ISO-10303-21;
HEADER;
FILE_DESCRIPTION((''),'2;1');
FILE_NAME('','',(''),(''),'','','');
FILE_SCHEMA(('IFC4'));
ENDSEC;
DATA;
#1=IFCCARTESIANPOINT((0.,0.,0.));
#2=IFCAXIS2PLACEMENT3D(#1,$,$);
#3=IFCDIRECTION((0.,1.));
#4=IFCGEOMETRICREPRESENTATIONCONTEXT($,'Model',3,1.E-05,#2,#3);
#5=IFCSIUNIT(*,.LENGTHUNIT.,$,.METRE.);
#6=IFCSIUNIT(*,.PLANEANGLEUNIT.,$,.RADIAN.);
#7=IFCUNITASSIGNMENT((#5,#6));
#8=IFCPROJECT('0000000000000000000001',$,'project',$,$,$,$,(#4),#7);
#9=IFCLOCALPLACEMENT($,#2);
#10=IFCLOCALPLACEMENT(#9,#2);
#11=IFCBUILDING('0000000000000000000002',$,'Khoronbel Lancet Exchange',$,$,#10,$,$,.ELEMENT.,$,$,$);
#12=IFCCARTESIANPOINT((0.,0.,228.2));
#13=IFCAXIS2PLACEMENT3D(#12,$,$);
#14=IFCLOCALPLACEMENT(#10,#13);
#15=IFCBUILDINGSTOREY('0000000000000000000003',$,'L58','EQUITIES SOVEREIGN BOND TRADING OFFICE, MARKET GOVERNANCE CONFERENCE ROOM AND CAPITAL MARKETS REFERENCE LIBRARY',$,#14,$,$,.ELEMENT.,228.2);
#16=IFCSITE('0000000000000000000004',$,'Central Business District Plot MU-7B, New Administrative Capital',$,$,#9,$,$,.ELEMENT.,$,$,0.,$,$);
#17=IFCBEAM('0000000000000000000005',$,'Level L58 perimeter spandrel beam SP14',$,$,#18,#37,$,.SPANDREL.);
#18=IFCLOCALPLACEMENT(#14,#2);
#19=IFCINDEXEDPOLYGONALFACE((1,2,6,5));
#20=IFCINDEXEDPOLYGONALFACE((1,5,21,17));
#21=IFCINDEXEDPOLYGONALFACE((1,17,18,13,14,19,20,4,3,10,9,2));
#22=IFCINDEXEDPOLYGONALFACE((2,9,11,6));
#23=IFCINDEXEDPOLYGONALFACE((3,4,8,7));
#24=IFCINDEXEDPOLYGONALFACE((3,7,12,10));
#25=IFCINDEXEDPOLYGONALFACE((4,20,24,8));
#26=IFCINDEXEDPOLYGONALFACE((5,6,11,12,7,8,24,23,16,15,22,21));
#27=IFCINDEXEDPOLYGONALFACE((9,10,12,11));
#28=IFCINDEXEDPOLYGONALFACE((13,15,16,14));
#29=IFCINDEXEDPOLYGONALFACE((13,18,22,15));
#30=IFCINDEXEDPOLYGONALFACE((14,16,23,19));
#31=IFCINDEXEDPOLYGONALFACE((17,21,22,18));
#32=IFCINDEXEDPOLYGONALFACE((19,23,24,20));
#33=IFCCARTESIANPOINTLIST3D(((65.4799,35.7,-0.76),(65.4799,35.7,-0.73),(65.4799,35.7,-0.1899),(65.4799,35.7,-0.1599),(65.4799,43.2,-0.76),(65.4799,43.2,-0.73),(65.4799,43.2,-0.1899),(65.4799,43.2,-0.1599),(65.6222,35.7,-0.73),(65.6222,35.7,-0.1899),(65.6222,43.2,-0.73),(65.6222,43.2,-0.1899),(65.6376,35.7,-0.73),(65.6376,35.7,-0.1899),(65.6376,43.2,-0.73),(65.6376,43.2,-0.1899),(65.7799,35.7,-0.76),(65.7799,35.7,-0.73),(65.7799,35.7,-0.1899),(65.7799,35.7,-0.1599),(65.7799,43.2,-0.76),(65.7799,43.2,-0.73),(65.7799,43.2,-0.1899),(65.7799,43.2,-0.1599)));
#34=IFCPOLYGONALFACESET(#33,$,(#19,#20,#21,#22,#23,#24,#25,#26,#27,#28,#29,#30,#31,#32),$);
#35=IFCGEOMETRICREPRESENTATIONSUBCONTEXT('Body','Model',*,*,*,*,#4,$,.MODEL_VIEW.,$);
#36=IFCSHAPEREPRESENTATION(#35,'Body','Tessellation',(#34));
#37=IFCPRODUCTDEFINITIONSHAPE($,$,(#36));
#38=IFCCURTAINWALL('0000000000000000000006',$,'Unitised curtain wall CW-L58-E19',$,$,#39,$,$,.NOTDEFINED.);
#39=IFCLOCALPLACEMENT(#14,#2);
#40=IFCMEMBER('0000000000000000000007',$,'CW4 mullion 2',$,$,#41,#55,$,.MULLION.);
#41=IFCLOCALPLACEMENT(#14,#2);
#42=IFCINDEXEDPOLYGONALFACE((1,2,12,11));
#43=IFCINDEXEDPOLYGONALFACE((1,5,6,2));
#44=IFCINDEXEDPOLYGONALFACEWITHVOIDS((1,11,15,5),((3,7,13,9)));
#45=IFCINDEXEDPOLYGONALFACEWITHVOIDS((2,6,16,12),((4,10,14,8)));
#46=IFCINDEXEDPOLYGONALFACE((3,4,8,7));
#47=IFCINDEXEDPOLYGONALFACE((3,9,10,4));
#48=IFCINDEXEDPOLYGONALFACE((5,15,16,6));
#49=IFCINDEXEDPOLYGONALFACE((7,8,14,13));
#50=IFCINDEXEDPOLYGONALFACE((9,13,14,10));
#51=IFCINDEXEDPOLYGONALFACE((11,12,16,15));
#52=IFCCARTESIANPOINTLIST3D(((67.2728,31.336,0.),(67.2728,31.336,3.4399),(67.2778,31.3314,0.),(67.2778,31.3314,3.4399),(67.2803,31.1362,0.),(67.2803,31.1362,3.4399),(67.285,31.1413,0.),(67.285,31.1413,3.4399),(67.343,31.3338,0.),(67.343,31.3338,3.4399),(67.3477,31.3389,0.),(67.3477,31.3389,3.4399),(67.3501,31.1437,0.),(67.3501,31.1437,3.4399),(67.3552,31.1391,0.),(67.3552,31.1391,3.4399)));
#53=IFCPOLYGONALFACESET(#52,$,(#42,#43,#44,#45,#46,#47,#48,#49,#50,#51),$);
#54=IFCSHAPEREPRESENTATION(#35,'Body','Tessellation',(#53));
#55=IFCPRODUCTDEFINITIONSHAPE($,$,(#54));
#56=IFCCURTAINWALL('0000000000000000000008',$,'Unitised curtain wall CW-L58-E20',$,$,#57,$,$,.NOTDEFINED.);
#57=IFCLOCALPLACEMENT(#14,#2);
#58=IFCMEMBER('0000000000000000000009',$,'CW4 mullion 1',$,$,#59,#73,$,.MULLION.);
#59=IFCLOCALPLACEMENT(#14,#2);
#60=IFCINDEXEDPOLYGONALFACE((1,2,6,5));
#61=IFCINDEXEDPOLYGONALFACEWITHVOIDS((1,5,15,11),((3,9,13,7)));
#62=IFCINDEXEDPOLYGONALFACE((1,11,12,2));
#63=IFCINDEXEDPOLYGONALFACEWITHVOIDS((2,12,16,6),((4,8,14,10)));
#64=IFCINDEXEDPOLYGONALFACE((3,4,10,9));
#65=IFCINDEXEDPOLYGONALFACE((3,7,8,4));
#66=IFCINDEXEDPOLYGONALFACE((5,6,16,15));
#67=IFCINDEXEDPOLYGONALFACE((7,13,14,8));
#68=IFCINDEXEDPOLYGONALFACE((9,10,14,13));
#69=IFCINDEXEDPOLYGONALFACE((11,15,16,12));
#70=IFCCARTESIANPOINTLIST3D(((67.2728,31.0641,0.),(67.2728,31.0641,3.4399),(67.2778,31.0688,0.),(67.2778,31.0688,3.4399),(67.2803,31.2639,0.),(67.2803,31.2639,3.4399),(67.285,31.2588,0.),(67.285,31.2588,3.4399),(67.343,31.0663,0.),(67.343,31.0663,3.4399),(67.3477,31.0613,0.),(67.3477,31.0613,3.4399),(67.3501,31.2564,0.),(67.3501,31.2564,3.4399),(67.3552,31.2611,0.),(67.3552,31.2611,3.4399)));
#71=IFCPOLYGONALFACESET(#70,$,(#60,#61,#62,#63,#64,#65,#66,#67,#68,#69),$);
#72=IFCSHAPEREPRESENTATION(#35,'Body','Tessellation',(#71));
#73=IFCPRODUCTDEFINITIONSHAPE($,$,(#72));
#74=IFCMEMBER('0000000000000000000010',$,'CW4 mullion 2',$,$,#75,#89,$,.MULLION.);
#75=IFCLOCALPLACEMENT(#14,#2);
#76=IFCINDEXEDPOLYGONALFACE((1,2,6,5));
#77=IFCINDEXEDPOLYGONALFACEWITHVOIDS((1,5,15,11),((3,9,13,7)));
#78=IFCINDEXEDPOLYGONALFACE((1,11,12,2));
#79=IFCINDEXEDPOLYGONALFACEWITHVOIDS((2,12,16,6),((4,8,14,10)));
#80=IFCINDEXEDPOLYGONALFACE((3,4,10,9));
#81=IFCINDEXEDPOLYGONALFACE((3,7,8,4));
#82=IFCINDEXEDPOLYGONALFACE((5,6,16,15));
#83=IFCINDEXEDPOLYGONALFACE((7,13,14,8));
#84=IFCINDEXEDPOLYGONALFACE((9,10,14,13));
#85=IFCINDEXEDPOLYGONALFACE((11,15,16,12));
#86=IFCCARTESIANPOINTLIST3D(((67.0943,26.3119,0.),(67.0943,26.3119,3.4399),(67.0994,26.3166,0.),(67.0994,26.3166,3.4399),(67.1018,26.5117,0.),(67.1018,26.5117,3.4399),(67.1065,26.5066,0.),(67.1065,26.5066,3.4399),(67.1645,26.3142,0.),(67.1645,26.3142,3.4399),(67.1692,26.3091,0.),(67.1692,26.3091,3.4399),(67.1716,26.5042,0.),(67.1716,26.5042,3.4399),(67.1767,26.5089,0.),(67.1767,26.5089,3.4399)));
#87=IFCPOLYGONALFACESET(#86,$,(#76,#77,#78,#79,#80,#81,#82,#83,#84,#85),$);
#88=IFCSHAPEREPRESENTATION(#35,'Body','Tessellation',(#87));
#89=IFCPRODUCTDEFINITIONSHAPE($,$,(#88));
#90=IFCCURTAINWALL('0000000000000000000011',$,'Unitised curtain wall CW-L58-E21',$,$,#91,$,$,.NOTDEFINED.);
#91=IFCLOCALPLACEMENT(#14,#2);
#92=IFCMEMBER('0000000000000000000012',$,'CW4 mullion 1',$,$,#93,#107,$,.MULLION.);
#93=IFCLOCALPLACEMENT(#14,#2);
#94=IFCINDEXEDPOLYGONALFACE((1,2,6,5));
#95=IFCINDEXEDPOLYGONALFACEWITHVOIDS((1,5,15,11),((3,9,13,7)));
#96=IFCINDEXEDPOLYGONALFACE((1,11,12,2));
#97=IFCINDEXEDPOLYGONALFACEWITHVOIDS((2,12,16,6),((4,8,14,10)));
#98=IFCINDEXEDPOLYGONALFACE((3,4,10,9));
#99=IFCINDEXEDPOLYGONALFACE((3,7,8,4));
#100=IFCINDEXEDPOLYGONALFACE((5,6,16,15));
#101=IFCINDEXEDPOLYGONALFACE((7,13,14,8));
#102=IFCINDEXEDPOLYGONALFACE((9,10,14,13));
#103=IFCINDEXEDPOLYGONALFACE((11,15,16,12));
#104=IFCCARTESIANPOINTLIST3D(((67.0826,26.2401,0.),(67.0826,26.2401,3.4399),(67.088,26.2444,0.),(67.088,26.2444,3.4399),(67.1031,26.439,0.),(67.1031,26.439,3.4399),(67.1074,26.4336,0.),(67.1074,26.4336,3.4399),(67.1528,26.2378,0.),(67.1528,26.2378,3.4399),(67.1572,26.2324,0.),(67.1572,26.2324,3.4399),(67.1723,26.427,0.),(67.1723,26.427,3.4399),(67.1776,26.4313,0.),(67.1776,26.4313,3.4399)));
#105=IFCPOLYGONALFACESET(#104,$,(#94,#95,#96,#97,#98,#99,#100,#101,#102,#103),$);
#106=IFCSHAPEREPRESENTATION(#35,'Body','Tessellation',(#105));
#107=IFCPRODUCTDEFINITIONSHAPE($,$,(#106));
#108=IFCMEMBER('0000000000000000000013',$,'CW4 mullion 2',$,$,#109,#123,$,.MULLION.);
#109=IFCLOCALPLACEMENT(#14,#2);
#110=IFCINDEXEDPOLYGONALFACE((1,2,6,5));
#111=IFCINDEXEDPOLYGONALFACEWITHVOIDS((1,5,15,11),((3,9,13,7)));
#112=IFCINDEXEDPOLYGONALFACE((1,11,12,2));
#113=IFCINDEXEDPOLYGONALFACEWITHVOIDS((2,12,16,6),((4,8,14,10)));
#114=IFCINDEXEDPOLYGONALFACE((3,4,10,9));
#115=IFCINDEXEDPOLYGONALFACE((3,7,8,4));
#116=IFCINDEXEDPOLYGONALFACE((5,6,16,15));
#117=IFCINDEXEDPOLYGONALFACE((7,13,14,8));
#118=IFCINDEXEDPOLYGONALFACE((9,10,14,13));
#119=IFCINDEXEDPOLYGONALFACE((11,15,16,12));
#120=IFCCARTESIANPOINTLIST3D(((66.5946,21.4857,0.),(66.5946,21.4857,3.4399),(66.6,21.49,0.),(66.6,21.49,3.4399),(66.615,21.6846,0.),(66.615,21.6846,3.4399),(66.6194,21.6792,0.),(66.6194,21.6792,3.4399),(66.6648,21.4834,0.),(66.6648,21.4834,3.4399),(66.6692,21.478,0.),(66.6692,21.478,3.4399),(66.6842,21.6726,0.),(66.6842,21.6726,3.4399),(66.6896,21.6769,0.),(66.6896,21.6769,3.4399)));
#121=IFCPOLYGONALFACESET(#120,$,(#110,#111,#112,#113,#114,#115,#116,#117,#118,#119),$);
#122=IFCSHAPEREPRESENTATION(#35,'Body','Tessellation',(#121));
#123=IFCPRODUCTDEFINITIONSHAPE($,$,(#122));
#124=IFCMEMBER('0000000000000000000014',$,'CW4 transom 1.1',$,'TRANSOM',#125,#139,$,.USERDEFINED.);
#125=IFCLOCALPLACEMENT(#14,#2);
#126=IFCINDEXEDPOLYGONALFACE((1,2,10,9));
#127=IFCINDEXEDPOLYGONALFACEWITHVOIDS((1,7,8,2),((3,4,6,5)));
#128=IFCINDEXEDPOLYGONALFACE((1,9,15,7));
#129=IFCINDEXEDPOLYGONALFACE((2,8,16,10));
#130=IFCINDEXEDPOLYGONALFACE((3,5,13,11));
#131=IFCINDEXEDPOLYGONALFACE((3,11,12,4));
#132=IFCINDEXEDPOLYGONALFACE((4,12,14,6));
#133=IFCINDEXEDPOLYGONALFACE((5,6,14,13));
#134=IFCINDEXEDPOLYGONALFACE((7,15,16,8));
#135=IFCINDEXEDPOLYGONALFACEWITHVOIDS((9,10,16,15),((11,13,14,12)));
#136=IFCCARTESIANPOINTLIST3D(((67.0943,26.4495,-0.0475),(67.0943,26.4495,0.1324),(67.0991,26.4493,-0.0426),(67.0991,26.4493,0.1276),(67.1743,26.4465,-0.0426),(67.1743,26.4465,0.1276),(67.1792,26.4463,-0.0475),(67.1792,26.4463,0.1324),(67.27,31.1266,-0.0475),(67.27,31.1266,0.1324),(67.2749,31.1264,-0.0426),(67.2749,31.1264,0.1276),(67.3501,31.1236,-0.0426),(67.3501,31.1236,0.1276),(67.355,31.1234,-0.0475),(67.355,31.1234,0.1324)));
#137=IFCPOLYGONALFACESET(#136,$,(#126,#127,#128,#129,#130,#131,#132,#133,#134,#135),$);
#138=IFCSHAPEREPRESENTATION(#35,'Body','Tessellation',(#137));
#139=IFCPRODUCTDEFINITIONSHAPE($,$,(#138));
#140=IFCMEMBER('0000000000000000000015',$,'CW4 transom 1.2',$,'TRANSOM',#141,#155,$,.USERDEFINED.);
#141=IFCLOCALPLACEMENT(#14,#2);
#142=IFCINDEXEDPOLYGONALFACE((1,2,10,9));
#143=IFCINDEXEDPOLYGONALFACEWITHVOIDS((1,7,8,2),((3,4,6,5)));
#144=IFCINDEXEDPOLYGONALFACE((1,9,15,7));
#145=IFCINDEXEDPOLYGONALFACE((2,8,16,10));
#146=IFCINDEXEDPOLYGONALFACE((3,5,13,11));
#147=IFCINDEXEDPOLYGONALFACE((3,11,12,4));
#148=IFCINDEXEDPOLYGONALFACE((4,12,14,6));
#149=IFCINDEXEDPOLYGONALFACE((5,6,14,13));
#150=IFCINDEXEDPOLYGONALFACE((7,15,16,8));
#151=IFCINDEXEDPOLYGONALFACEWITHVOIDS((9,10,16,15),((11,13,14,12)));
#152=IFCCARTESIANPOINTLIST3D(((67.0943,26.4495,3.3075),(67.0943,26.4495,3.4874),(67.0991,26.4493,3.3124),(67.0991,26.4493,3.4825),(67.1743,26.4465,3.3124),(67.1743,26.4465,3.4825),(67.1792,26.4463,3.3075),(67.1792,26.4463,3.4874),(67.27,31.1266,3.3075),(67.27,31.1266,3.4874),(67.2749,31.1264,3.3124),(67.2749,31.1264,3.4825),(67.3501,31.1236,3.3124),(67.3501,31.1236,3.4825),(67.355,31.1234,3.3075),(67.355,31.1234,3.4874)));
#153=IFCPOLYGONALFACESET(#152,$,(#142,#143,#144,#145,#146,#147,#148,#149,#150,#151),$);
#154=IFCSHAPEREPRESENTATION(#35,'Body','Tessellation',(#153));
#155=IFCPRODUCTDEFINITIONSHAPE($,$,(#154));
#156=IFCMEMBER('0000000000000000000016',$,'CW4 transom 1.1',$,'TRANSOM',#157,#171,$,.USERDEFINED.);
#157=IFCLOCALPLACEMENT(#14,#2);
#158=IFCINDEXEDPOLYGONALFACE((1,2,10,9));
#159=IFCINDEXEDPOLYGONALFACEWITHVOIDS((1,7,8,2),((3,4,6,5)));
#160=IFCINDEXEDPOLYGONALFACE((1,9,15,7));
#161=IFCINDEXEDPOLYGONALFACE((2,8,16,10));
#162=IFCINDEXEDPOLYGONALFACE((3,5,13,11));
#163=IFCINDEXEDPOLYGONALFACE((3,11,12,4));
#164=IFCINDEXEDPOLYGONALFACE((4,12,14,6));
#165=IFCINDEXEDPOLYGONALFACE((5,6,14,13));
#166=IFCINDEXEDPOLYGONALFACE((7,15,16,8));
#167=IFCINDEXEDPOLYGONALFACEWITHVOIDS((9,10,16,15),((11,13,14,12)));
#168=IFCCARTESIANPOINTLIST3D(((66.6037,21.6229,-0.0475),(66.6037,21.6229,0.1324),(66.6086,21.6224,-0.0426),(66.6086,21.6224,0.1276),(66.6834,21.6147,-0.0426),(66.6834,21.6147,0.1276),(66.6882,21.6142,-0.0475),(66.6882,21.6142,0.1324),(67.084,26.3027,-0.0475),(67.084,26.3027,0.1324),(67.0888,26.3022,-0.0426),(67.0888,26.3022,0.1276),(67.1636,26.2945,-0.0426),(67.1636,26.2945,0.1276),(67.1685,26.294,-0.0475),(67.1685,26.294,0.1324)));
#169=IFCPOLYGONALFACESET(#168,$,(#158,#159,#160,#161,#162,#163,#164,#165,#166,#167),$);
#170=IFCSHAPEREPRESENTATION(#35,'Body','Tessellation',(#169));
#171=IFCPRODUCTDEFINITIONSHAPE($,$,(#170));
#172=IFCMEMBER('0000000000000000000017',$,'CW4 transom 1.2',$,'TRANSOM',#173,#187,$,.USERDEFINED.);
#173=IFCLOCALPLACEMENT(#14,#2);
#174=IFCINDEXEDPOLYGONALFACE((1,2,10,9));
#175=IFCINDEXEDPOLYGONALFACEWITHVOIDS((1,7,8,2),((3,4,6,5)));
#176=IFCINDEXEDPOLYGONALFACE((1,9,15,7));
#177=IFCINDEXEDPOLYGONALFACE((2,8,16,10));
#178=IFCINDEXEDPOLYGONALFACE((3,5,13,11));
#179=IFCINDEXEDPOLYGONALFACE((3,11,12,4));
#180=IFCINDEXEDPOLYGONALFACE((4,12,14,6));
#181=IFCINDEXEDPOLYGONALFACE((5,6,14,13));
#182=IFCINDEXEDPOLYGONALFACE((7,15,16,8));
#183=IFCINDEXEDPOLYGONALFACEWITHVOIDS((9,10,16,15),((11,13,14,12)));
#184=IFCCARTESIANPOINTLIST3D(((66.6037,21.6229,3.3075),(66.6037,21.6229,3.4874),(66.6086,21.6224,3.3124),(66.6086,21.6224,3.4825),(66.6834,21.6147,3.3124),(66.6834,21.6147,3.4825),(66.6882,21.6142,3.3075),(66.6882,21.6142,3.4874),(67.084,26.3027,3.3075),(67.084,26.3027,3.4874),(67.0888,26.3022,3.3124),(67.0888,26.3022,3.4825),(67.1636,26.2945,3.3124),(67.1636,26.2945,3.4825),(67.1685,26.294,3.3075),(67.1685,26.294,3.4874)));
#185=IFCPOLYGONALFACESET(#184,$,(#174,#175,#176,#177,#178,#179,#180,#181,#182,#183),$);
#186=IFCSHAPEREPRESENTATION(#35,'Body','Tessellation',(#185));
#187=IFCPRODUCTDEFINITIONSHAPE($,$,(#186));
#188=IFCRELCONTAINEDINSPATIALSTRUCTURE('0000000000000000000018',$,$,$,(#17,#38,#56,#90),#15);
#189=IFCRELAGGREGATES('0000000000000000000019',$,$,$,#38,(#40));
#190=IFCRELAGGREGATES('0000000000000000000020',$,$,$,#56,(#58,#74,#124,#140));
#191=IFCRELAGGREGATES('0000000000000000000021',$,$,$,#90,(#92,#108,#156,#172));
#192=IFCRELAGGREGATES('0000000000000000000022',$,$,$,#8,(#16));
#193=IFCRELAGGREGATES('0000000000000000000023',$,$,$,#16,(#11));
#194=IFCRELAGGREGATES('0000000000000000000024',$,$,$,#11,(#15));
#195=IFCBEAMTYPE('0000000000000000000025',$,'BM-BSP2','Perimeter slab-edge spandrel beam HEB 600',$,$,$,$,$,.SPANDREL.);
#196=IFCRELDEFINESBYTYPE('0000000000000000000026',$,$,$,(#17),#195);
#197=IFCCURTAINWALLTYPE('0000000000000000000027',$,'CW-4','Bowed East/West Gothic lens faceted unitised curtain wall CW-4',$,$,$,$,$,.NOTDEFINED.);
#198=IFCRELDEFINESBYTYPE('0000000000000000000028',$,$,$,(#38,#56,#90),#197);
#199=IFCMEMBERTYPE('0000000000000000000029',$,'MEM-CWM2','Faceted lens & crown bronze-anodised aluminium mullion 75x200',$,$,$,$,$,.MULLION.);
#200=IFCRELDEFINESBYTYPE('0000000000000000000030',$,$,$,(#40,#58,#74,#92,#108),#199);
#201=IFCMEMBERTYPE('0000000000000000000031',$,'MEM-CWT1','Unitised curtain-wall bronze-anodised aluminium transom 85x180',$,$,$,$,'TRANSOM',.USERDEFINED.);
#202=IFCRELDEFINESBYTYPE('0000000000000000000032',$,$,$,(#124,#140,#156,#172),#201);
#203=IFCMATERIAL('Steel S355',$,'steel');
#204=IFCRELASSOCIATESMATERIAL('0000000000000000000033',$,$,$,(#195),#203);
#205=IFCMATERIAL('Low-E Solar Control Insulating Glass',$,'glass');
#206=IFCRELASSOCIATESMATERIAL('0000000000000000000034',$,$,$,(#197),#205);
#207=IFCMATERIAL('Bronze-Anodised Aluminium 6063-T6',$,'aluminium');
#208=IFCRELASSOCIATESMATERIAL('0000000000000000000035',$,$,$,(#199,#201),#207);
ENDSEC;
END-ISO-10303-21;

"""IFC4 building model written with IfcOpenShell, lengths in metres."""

from ifc_helpers import new_model, si_unit, direction, frame, origin, origin_2d, place, context, subcontext, project, spatial, hollow_rectangle, i_section, extrude, material, material_profile, profile_set, type_object, element, aggregate, save


model = new_model("IFC4")

# Units and contexts
model_context = context("Model", 3, precision=1e-05, world=origin(), true_north=direction((0.0, 1.0)))
body_context = subcontext(model_context, "Body", "Model", "MODEL_VIEW")
ifc_project = project(units=[si_unit("LENGTHUNIT", "METRE"), si_unit("PLANEANGLEUNIT", "RADIAN")], contexts=[model_context])

# Site, building, storey
site_placement = place(None, origin())
site = spatial("IfcSite", under=ifc_project, at=site_placement, Name="Central Business District Plot MU-7B, New Administrative Capital", CompositionType="ELEMENT", RefElevation=0.0)
building_placement = place(site_placement, origin())
building = spatial("IfcBuilding", under=site, at=building_placement, Name="Khoronbel Lancet Exchange", CompositionType="ELEMENT")
storey_placement = place(building_placement, frame((0.0, 0.0, 228.2)))
storey = spatial("IfcBuildingStorey", under=building, at=storey_placement, Name="L58", Description="EQUITIES SOVEREIGN BOND TRADING OFFICE, MARKET GOVERNANCE CONFERENCE ROOM AND CAPITAL MARKETS REFERENCE LIBRARY", CompositionType="ELEMENT", Elevation=228.2)

# Shared definitions
ifc_material_1 = material(Name="Steel S355", Category="steel")

# Beam
ifc_material_profile_1 = material_profile(ifc_material_1, i_section(OverallWidth=0.3, OverallDepth=0.6001, WebThickness=0.0154, FlangeThickness=0.03, at=origin_2d()), Name="HEB 600")
ifc_profile_set_1 = profile_set([ifc_material_profile_1], Name="Steel S355")
beam_type_1 = type_object("IfcBeamType", Name="BM-BSP2", Description="Perimeter slab-edge spandrel beam HEB 600", PredefinedType="SPANDREL", material=ifc_profile_set_1)
beam_1_placement = place(storey_placement, frame((65.6299, 35.7, -0.46), z_axis=(0.0, 1.0, 0.0), x_axis=(-1.0, 0.0, 0.0)))
element("IfcBeam", 1, at=beam_1_placement, inside=storey, type_object=beam_type_1, Name="Level L58 perimeter spandrel beam SP14", PredefinedType="SPANDREL", context=body_context, shape_type="SweptSolid", body=[
    extrude(i_section(OverallWidth=0.3, OverallDepth=0.6001, WebThickness=0.0154, FlangeThickness=0.03, at=origin_2d()), origin(), (0.0, 0.0, 1.0), 7.5),
])

# Curtain wall, member
ifc_material_2 = material(Name="Low-E Solar Control Insulating Glass", Category="glass")
curtain_wall_type = type_object("IfcCurtainWallType", Name="CW-4", Description="Bowed East/West Gothic lens faceted unitised curtain wall CW-4", PredefinedType="NOTDEFINED", material=ifc_material_2)
curtain_wall_1_placement = place(storey_placement, origin())
curtain_wall_1 = element("IfcCurtainWall", 2, at=curtain_wall_1_placement, inside=storey, type_object=curtain_wall_type, Name="Unitised curtain wall CW-L58-E19", PredefinedType="NOTDEFINED")
ifc_material_3 = material(Name="Bronze-Anodised Aluminium 6063-T6", Category="aluminium")
ifc_material_profile_2 = material_profile(ifc_material_3, hollow_rectangle(XDim=0.075, YDim=0.2, WallThickness=0.0049, at=origin_2d()), Name="ALU MULLION 75x200")
ifc_profile_set_2 = profile_set([ifc_material_profile_2], Name="Bronze-Anodised Aluminium 6063-T6")
member_type_1 = type_object("IfcMemberType", Name="MEM-CWM2", Description="Faceted lens & crown bronze-anodised aluminium mullion 75x200", PredefinedType="MULLION", material=ifc_profile_set_2)
member_1_placement = place(storey_placement, frame((67.314, 31.2375, 0.0), z_axis=(0.0, 0.0, 1.0), x_axis=(0.999295, 0.037533, 0.0)))
member_1 = element("IfcMember", 3, at=member_1_placement, type_object=member_type_1, Name="CW4 mullion 2", PredefinedType="MULLION", context=body_context, shape_type="SweptSolid", body=[
    extrude(hollow_rectangle(XDim=0.075, YDim=0.2, WallThickness=0.0049, at=origin_2d()), origin(), (0.0, 0.0, 1.0), 3.4399),
])

# Curtain walls, members
curtain_wall_2_placement = place(storey_placement, origin())
curtain_wall_2 = element("IfcCurtainWall", 4, at=curtain_wall_2_placement, inside=storey, type_object=curtain_wall_type, Name="Unitised curtain wall CW-L58-E20", PredefinedType="NOTDEFINED")
member_2_placement = place(storey_placement, frame((67.314, 31.1626, 0.0), z_axis=(0.0, 0.0, 1.0), x_axis=(0.999295, -0.037533, 0.0)))
member_2 = element("IfcMember", 5, at=member_2_placement, type_object=member_type_1, Name="CW4 mullion 1", PredefinedType="MULLION", context=body_context, shape_type="SweptSolid", body=[
    extrude(hollow_rectangle(XDim=0.075, YDim=0.2, WallThickness=0.0049, at=origin_2d()), origin(), (0.0, 0.0, 1.0), 3.4399),
])
member_3_placement = place(storey_placement, frame((67.1355, 26.4104, 0.0), z_axis=(0.0, 0.0, 1.0), x_axis=(0.999295, -0.037533, 0.0)))
member_3 = element("IfcMember", 6, at=member_3_placement, type_object=member_type_1, Name="CW4 mullion 2", PredefinedType="MULLION", context=body_context, shape_type="SweptSolid", body=[
    extrude(hollow_rectangle(XDim=0.075, YDim=0.2, WallThickness=0.0049, at=origin_2d()), origin(), (0.0, 0.0, 1.0), 3.4399),
])
curtain_wall_3_placement = place(storey_placement, origin())
curtain_wall_3 = element("IfcCurtainWall", 7, at=curtain_wall_3_placement, inside=storey, type_object=curtain_wall_type, Name="Unitised curtain wall CW-L58-E21", PredefinedType="NOTDEFINED")
member_4_placement = place(storey_placement, frame((67.1301, 26.3357, 0.0), z_axis=(0.0, 0.0, 1.0), x_axis=(0.994772, -0.102116, 0.0)))
member_4 = element("IfcMember", 8, at=member_4_placement, type_object=member_type_1, Name="CW4 mullion 1", PredefinedType="MULLION", context=body_context, shape_type="SweptSolid", body=[
    extrude(hollow_rectangle(XDim=0.075, YDim=0.2, WallThickness=0.0049, at=origin_2d()), origin(), (0.0, 0.0, 1.0), 3.4399),
])
member_5_placement = place(storey_placement, frame((66.6421, 21.5813, 0.0), z_axis=(0.0, 0.0, 1.0), x_axis=(0.994772, -0.102116, 0.0)))
member_5 = element("IfcMember", 9, at=member_5_placement, type_object=member_type_1, Name="CW4 mullion 2", PredefinedType="MULLION", context=body_context, shape_type="SweptSolid", body=[
    extrude(hollow_rectangle(XDim=0.075, YDim=0.2, WallThickness=0.0049, at=origin_2d()), origin(), (0.0, 0.0, 1.0), 3.4399),
])

# Members
ifc_material_profile_3 = material_profile(ifc_material_3, hollow_rectangle(XDim=0.085, YDim=0.1799, WallThickness=0.0049, at=origin_2d()), Name="ALU TRANSOM 85x180")
ifc_profile_set_3 = profile_set([ifc_material_profile_3], Name="Bronze-Anodised Aluminium 6063-T6")
member_type_2 = type_object("IfcMemberType", Name="MEM-CWT1", Description="Unitised curtain-wall bronze-anodised aluminium transom 85x180", ElementType="TRANSOM", PredefinedType="USERDEFINED", material=ifc_profile_set_3)
member_6_placement = place(storey_placement, frame((67.3125, 31.125, 0.0425), z_axis=(-0.037558, -0.999294, 0.0), x_axis=(0.999294, -0.037558, 0.0)))
member_6 = element("IfcMember", 10, at=member_6_placement, type_object=member_type_2, Name="CW4 transom 1.1", ObjectType="TRANSOM", PredefinedType="USERDEFINED", context=body_context, shape_type="SweptSolid", body=[
    extrude(hollow_rectangle(XDim=0.085, YDim=0.1799, WallThickness=0.0049, at=origin_2d()), origin(), (0.0, 0.0, 1.0), 4.6804),
])
member_7_placement = place(storey_placement, frame((67.3125, 31.125, 3.3975), z_axis=(-0.037558, -0.999294, 0.0), x_axis=(0.999294, -0.037558, 0.0)))
member_7 = element("IfcMember", 11, at=member_7_placement, type_object=member_type_2, Name="CW4 transom 1.2", ObjectType="TRANSOM", PredefinedType="USERDEFINED", context=body_context, shape_type="SweptSolid", body=[
    extrude(hollow_rectangle(XDim=0.085, YDim=0.1799, WallThickness=0.0049, at=origin_2d()), origin(), (0.0, 0.0, 1.0), 4.6804),
])
member_8_placement = place(storey_placement, frame((67.1262, 26.2983, 0.0425), z_axis=(-0.102083, -0.994776, 0.0), x_axis=(0.994776, -0.102083, 0.0)))
member_8 = element("IfcMember", 12, at=member_8_placement, type_object=member_type_2, Name="CW4 transom 1.1", ObjectType="TRANSOM", PredefinedType="USERDEFINED", context=body_context, shape_type="SweptSolid", body=[
    extrude(hollow_rectangle(XDim=0.085, YDim=0.1799, WallThickness=0.0049, at=origin_2d()), origin(), (0.0, 0.0, 1.0), 4.7043),
])
member_9_placement = place(storey_placement, frame((67.1262, 26.2983, 3.3975), z_axis=(-0.102083, -0.994776, 0.0), x_axis=(0.994776, -0.102083, 0.0)))
member_9 = element("IfcMember", 13, at=member_9_placement, type_object=member_type_2, Name="CW4 transom 1.2", ObjectType="TRANSOM", PredefinedType="USERDEFINED", context=body_context, shape_type="SweptSolid", body=[
    extrude(hollow_rectangle(XDim=0.085, YDim=0.1799, WallThickness=0.0049, at=origin_2d()), origin(), (0.0, 0.0, 1.0), 4.7043),
])

aggregate(curtain_wall_1, [member_1])
aggregate(curtain_wall_2, [member_2, member_3, member_6, member_7])
aggregate(curtain_wall_3, [member_4, member_5, member_8, member_9])

save(model, "model.ifc")
